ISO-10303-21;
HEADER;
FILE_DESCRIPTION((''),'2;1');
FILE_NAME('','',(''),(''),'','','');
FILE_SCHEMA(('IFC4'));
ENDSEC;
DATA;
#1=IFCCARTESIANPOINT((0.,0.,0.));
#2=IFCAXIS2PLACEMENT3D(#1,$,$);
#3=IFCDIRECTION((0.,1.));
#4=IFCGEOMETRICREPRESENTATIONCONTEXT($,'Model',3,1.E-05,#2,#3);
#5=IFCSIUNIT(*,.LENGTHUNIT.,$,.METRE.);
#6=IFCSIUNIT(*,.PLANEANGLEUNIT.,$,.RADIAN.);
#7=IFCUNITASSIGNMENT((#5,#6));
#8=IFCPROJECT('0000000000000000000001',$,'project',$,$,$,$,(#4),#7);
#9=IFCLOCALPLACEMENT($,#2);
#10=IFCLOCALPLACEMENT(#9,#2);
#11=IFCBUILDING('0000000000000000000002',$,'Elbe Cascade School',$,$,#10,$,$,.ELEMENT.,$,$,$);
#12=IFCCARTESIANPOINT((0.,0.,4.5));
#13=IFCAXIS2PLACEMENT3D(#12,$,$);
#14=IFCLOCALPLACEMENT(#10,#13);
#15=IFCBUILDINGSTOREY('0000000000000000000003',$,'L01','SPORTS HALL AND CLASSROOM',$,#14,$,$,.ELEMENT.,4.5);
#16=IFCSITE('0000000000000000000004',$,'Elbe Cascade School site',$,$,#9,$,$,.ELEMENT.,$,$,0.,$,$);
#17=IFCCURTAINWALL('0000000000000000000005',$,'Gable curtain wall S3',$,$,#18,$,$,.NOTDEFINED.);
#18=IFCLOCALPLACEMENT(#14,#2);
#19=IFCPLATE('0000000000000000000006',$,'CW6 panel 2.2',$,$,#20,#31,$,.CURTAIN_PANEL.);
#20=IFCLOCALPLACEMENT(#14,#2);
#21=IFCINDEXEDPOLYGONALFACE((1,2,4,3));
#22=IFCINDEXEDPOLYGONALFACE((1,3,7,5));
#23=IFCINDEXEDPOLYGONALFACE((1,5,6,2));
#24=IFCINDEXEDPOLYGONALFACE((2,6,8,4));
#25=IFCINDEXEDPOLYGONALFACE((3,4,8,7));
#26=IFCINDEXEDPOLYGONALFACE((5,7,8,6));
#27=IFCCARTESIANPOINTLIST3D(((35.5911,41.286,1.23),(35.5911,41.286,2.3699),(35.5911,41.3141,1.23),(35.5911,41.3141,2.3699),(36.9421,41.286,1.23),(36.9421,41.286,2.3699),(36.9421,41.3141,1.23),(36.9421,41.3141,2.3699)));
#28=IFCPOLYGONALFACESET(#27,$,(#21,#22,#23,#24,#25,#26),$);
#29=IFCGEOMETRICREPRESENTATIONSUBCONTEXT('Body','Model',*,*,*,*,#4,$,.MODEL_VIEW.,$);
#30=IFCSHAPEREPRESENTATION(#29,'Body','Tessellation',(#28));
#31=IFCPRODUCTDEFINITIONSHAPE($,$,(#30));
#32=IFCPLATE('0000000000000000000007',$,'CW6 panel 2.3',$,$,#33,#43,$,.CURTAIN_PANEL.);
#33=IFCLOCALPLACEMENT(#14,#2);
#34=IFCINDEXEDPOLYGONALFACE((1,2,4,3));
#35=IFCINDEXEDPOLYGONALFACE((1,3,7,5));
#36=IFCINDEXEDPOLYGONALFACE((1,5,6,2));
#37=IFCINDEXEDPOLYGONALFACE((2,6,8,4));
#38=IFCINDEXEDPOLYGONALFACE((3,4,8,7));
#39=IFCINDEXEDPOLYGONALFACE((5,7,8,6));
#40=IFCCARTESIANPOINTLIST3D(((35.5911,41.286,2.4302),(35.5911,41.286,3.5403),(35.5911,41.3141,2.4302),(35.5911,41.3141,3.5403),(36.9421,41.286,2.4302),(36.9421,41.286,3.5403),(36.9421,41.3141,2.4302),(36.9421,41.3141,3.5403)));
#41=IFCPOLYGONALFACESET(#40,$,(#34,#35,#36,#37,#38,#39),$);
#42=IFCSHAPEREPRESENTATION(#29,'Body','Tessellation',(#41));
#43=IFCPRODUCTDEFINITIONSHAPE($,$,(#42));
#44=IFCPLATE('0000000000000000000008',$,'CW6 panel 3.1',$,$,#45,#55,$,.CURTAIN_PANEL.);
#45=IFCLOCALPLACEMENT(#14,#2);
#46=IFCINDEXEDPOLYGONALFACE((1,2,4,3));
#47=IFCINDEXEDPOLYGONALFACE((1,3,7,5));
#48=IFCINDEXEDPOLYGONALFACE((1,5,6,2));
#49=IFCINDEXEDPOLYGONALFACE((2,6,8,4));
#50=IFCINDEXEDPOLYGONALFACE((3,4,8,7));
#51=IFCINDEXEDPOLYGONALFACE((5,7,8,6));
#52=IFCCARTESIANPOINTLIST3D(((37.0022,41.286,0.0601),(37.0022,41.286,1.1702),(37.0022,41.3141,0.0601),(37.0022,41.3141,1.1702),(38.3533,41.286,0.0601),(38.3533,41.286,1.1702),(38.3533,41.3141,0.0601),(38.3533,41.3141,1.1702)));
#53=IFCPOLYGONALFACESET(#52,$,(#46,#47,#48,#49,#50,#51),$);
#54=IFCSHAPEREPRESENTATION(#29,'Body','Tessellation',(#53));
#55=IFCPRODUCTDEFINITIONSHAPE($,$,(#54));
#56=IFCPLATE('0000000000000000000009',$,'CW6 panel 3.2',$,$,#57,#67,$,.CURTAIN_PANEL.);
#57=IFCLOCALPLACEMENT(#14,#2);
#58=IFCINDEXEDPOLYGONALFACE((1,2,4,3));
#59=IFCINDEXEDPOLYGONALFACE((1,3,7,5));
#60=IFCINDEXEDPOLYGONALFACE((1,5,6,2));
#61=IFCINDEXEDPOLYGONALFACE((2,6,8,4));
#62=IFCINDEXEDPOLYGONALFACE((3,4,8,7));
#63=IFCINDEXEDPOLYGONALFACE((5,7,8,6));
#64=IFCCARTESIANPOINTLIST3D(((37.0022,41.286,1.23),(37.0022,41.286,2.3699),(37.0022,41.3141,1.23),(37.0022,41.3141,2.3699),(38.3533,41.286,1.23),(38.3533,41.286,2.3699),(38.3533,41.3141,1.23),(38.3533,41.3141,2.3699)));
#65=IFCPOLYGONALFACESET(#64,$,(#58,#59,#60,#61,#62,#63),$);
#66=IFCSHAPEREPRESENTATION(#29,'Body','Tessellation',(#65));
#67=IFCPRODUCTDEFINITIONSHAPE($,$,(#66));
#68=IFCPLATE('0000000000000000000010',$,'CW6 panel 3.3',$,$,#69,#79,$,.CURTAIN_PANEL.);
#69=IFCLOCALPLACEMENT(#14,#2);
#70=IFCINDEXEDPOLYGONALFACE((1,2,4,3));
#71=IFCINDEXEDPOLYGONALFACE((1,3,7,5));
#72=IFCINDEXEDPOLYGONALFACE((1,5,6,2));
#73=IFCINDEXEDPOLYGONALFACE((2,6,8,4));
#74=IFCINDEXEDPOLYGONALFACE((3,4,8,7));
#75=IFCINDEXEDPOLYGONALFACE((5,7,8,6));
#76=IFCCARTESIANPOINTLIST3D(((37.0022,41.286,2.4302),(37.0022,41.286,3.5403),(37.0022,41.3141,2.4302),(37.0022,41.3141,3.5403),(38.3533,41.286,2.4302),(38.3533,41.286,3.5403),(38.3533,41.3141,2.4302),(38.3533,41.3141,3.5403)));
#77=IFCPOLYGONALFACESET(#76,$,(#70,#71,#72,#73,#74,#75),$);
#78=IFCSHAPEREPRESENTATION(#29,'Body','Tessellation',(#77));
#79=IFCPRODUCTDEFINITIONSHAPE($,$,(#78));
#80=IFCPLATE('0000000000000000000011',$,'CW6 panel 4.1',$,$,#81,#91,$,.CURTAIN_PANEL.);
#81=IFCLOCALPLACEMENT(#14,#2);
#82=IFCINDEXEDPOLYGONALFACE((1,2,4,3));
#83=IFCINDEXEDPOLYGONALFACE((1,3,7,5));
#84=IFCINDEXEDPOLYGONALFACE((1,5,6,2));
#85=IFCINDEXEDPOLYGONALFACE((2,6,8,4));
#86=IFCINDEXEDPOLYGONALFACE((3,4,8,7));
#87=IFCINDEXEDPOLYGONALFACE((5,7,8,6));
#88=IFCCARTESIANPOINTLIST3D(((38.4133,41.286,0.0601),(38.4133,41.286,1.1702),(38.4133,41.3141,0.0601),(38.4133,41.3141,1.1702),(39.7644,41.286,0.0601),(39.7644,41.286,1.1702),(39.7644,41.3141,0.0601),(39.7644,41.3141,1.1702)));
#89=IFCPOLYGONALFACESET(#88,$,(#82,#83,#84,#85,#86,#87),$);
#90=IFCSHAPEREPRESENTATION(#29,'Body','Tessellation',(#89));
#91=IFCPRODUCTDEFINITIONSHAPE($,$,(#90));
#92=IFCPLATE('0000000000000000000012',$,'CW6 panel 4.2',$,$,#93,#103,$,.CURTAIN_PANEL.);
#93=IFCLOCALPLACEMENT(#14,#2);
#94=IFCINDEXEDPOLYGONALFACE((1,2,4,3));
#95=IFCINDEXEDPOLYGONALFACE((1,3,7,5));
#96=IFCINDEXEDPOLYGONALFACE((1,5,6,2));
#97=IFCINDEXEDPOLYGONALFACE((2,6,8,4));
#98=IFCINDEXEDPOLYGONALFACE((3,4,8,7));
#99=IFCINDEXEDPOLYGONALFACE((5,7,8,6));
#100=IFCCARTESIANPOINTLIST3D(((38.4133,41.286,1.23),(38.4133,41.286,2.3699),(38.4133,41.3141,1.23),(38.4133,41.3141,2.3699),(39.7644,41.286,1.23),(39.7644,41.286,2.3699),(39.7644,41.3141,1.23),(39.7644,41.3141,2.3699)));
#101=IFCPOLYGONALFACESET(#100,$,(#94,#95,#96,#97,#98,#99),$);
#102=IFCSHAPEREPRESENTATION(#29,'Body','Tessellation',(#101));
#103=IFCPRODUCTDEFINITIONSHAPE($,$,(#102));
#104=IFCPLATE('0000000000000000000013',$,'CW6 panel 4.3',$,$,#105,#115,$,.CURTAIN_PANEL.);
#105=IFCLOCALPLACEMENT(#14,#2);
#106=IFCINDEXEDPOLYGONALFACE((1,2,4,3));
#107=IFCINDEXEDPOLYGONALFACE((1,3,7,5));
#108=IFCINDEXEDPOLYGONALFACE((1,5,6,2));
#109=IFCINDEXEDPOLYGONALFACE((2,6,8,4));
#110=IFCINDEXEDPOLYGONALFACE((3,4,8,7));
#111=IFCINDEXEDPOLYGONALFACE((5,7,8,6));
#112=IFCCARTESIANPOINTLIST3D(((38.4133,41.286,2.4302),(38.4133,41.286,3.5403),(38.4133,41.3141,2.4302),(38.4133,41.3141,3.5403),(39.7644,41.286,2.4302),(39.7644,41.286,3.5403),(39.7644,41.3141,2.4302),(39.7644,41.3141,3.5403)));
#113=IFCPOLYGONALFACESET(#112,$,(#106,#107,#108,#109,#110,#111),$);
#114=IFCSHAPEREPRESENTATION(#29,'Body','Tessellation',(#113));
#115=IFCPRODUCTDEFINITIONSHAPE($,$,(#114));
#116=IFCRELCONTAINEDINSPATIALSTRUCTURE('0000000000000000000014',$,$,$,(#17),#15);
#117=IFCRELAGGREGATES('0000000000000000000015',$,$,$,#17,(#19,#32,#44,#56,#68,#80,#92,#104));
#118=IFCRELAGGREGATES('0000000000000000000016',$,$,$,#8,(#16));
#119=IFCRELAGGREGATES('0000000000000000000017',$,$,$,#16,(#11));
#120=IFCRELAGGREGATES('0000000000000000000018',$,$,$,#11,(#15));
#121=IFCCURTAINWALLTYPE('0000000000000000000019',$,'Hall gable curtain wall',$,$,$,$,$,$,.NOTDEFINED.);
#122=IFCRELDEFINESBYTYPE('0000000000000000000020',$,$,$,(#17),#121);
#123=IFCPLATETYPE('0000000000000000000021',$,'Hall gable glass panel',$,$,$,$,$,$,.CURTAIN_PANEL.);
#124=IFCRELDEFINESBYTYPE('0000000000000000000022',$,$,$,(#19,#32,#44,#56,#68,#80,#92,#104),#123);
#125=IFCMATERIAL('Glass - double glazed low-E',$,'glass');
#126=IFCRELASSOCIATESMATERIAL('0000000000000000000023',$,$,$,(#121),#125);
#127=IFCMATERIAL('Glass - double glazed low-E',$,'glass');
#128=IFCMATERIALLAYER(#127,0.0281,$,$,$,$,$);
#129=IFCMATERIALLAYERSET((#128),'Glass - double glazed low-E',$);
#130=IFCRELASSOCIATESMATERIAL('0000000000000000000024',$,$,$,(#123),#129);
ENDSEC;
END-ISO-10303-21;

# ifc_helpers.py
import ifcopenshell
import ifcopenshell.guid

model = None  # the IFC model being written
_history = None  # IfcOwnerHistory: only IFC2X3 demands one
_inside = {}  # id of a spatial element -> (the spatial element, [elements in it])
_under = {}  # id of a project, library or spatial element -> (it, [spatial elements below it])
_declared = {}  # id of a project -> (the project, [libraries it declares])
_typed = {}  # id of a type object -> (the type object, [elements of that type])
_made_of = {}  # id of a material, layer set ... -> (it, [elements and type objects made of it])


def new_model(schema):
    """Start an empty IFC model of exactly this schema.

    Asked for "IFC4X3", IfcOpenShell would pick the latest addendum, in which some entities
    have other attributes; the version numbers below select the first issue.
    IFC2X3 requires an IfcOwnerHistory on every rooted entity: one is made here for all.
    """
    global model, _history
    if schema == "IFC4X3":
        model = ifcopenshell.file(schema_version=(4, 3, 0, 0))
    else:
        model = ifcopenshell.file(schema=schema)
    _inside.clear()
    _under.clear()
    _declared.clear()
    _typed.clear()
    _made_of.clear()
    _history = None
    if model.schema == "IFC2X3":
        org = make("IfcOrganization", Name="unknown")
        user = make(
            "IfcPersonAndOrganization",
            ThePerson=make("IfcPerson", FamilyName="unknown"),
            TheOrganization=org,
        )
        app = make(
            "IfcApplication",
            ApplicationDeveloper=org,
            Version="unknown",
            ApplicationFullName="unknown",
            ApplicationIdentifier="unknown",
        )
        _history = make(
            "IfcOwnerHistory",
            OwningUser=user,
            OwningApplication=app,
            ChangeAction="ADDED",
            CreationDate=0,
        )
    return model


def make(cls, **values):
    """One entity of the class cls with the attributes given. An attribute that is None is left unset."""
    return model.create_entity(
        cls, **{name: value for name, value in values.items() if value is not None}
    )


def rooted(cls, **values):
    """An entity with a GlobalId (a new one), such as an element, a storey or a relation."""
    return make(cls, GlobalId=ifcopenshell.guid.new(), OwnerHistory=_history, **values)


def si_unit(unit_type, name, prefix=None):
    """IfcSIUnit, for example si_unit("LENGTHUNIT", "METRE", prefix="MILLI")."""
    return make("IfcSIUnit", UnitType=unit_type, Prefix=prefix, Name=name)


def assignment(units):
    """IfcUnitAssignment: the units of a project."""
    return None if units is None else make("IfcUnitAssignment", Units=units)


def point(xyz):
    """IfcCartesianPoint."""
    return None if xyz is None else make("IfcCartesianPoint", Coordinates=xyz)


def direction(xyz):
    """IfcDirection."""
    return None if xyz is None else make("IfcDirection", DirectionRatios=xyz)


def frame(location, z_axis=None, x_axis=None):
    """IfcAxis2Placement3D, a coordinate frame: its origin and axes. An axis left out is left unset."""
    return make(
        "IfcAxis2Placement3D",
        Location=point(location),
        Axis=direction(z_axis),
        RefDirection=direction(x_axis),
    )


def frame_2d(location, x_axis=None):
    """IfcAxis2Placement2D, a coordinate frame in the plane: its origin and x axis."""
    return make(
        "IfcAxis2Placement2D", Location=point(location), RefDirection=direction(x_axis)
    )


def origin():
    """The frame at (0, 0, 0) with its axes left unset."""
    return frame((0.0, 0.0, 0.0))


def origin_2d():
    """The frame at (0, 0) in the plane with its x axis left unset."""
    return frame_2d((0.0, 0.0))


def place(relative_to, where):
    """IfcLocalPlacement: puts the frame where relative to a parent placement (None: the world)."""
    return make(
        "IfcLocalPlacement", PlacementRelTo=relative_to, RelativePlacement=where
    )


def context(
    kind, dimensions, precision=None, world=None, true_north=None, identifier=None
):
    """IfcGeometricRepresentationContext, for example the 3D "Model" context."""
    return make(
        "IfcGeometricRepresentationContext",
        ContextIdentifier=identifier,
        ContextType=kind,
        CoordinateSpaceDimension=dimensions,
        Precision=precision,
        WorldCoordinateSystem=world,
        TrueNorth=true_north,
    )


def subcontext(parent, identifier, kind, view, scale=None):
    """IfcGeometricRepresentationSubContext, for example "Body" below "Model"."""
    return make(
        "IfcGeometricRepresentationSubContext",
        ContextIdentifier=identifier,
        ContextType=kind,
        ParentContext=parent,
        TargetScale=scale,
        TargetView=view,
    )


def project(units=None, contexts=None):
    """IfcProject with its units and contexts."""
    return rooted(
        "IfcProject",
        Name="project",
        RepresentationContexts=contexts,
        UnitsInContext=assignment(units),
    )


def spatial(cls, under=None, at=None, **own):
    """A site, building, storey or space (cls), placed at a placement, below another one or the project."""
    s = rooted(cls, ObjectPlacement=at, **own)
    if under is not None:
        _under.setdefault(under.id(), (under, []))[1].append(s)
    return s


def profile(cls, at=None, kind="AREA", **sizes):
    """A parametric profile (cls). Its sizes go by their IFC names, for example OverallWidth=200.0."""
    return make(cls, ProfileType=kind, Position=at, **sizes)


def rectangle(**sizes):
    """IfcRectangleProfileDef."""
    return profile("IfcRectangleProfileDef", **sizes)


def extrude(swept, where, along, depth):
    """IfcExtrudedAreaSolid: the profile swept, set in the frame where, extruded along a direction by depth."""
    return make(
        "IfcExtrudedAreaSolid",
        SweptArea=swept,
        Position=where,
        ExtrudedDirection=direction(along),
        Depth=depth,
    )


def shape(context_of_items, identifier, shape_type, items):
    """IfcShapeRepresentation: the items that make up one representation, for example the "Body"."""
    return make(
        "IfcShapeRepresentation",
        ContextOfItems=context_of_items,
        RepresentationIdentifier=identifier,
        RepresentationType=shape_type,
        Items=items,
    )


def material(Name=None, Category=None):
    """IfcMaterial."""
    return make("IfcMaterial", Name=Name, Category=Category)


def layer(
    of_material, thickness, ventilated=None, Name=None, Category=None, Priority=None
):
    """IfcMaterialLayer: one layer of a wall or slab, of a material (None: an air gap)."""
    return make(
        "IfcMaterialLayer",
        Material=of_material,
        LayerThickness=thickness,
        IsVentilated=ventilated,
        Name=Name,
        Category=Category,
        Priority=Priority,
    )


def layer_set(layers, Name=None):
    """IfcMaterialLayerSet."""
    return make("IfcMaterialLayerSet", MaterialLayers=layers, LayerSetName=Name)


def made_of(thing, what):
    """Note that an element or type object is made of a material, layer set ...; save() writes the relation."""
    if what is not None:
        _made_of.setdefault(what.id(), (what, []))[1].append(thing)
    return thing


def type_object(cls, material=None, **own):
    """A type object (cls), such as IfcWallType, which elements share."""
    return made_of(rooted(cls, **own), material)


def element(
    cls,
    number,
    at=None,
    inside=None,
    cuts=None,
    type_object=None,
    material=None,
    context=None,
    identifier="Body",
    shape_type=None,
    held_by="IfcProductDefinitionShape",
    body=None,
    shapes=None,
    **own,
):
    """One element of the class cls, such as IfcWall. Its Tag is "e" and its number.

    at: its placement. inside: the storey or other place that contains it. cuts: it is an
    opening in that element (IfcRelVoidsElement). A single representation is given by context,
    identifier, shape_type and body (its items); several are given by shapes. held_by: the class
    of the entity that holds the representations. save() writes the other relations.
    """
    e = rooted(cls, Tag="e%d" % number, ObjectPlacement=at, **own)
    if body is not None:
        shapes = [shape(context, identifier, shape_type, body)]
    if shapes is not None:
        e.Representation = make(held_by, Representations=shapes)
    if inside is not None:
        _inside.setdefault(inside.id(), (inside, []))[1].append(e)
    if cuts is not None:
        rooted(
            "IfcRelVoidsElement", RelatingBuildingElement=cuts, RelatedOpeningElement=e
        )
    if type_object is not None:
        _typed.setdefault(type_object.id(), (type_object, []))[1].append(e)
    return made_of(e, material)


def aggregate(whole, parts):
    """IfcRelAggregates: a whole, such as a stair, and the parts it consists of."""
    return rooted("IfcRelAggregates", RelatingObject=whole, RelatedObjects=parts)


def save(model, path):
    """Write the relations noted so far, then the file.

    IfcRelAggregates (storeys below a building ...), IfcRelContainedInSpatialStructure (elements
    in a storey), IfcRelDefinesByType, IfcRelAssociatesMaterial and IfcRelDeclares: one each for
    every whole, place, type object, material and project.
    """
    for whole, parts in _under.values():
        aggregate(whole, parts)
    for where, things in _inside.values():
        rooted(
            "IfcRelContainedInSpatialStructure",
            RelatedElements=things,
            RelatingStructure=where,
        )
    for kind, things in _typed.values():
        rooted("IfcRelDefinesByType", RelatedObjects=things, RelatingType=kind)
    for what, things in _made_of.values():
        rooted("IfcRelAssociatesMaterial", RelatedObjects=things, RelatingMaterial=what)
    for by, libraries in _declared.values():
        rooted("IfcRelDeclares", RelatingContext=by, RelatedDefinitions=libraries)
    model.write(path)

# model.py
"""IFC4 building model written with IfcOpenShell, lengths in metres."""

from ifc_helpers import new_model, si_unit, direction, frame, origin, origin_2d, place, context, subcontext, project, spatial, rectangle, extrude, material, layer, layer_set, type_object, element, aggregate, save


model = new_model("IFC4")

# Units and contexts
model_context = context("Model", 3, precision=1e-05, world=origin(), true_north=direction((0.0, 1.0)))
body_context = subcontext(model_context, "Body", "Model", "MODEL_VIEW")
ifc_project = project(units=[si_unit("LENGTHUNIT", "METRE"), si_unit("PLANEANGLEUNIT", "RADIAN")], contexts=[model_context])

# Site, building, storey
site_placement = place(None, origin())
site = spatial("IfcSite", under=ifc_project, at=site_placement, Name="Elbe Cascade School site", CompositionType="ELEMENT", RefElevation=0.0)
building_placement = place(site_placement, origin())
building = spatial("IfcBuilding", under=site, at=building_placement, Name="Elbe Cascade School", CompositionType="ELEMENT")
storey_placement = place(building_placement, frame((0.0, 0.0, 4.5)))
storey = spatial("IfcBuildingStorey", under=building, at=storey_placement, Name="L01", Description="SPORTS HALL AND CLASSROOM", CompositionType="ELEMENT", Elevation=4.5)

# Curtain wall
ifc_material_1 = material(Name="Glass - double glazed low-E", Category="glass")
curtain_wall_type = type_object("IfcCurtainWallType", Name="Hall gable curtain wall", PredefinedType="NOTDEFINED", material=ifc_material_1)
curtain_wall_1_placement = place(storey_placement, origin())
curtain_wall_1 = element("IfcCurtainWall", 1, at=curtain_wall_1_placement, inside=storey, type_object=curtain_wall_type, Name="Gable curtain wall S3", PredefinedType="NOTDEFINED")

# Plates
ifc_material_2 = material(Name="Glass - double glazed low-E", Category="glass")
ifc_layer = layer(ifc_material_2, 0.0281)
ifc_layer_set = layer_set([ifc_layer], Name="Glass - double glazed low-E")
plate_type = type_object("IfcPlateType", Name="Hall gable glass panel", PredefinedType="CURTAIN_PANEL", material=ifc_layer_set)
plate_1_placement = place(storey_placement, frame((36.2666, 41.3, 1.23), z_axis=(0.0, 0.0, 1.0), x_axis=(1.0, 0.0, 0.0)))
plate_1 = element("IfcPlate", 2, at=plate_1_placement, type_object=plate_type, Name="CW6 panel 2.2", PredefinedType="CURTAIN_PANEL", context=body_context, shape_type="SweptSolid", body=[
    extrude(rectangle(XDim=1.3511, YDim=0.0281, at=origin_2d()), origin(), (0.0, 0.0, 1.0), 1.1399),
])
plate_2_placement = place(storey_placement, frame((36.2666, 41.3, 2.4302), z_axis=(0.0, 0.0, 1.0), x_axis=(1.0, 0.0, 0.0)))
plate_2 = element("IfcPlate", 3, at=plate_2_placement, type_object=plate_type, Name="CW6 panel 2.3", PredefinedType="CURTAIN_PANEL", context=body_context, shape_type="SweptSolid", body=[
    extrude(rectangle(XDim=1.3511, YDim=0.0281, at=origin_2d()), origin(), (0.0, 0.0, 1.0), 1.1101),
])
plate_3_placement = place(storey_placement, frame((37.6777, 41.3, 0.0601), z_axis=(0.0, 0.0, 1.0), x_axis=(1.0, 0.0, 0.0)))
plate_3 = element("IfcPlate", 4, at=plate_3_placement, type_object=plate_type, Name="CW6 panel 3.1", PredefinedType="CURTAIN_PANEL", context=body_context, shape_type="SweptSolid", body=[
    extrude(rectangle(XDim=1.3511, YDim=0.0281, at=origin_2d()), origin(), (0.0, 0.0, 1.0), 1.1101),
])
plate_4_placement = place(storey_placement, frame((37.6777, 41.3, 1.23), z_axis=(0.0, 0.0, 1.0), x_axis=(1.0, 0.0, 0.0)))
plate_4 = element("IfcPlate", 5, at=plate_4_placement, type_object=plate_type, Name="CW6 panel 3.2", PredefinedType="CURTAIN_PANEL", context=body_context, shape_type="SweptSolid", body=[
    extrude(rectangle(XDim=1.3511, YDim=0.0281, at=origin_2d()), origin(), (0.0, 0.0, 1.0), 1.1399),
])
plate_5_placement = place(storey_placement, frame((37.6777, 41.3, 2.4302), z_axis=(0.0, 0.0, 1.0), x_axis=(1.0, 0.0, 0.0)))
plate_5 = element("IfcPlate", 6, at=plate_5_placement, type_object=plate_type, Name="CW6 panel 3.3", PredefinedType="CURTAIN_PANEL", context=body_context, shape_type="SweptSolid", body=[
    extrude(rectangle(XDim=1.3511, YDim=0.0281, at=origin_2d()), origin(), (0.0, 0.0, 1.0), 1.1101),
])
plate_6_placement = place(storey_placement, frame((39.0889, 41.3, 0.0601), z_axis=(0.0, 0.0, 1.0), x_axis=(1.0, 0.0, 0.0)))
plate_6 = element("IfcPlate", 7, at=plate_6_placement, type_object=plate_type, Name="CW6 panel 4.1", PredefinedType="CURTAIN_PANEL", context=body_context, shape_type="SweptSolid", body=[
    extrude(rectangle(XDim=1.3511, YDim=0.0281, at=origin_2d()), origin(), (0.0, 0.0, 1.0), 1.1101),
])
plate_7_placement = place(storey_placement, frame((39.0889, 41.3, 1.23), z_axis=(0.0, 0.0, 1.0), x_axis=(1.0, 0.0, 0.0)))
plate_7 = element("IfcPlate", 8, at=plate_7_placement, type_object=plate_type, Name="CW6 panel 4.2", PredefinedType="CURTAIN_PANEL", context=body_context, shape_type="SweptSolid", body=[
    extrude(rectangle(XDim=1.3511, YDim=0.0281, at=origin_2d()), origin(), (0.0, 0.0, 1.0), 1.1399),
])
plate_8_placement = place(storey_placement, frame((39.0889, 41.3, 2.4302), z_axis=(0.0, 0.0, 1.0), x_axis=(1.0, 0.0, 0.0)))
plate_8 = element("IfcPlate", 9, at=plate_8_placement, type_object=plate_type, Name="CW6 panel 4.3", PredefinedType="CURTAIN_PANEL", context=body_context, shape_type="SweptSolid", body=[
    extrude(rectangle(XDim=1.3511, YDim=0.0281, at=origin_2d()), origin(), (0.0, 0.0, 1.0), 1.1101),
])
aggregate(curtain_wall_1, [plate_1, plate_2, plate_3, plate_4, plate_5, plate_6, plate_7, plate_8])

save(model, "model.ifc")
